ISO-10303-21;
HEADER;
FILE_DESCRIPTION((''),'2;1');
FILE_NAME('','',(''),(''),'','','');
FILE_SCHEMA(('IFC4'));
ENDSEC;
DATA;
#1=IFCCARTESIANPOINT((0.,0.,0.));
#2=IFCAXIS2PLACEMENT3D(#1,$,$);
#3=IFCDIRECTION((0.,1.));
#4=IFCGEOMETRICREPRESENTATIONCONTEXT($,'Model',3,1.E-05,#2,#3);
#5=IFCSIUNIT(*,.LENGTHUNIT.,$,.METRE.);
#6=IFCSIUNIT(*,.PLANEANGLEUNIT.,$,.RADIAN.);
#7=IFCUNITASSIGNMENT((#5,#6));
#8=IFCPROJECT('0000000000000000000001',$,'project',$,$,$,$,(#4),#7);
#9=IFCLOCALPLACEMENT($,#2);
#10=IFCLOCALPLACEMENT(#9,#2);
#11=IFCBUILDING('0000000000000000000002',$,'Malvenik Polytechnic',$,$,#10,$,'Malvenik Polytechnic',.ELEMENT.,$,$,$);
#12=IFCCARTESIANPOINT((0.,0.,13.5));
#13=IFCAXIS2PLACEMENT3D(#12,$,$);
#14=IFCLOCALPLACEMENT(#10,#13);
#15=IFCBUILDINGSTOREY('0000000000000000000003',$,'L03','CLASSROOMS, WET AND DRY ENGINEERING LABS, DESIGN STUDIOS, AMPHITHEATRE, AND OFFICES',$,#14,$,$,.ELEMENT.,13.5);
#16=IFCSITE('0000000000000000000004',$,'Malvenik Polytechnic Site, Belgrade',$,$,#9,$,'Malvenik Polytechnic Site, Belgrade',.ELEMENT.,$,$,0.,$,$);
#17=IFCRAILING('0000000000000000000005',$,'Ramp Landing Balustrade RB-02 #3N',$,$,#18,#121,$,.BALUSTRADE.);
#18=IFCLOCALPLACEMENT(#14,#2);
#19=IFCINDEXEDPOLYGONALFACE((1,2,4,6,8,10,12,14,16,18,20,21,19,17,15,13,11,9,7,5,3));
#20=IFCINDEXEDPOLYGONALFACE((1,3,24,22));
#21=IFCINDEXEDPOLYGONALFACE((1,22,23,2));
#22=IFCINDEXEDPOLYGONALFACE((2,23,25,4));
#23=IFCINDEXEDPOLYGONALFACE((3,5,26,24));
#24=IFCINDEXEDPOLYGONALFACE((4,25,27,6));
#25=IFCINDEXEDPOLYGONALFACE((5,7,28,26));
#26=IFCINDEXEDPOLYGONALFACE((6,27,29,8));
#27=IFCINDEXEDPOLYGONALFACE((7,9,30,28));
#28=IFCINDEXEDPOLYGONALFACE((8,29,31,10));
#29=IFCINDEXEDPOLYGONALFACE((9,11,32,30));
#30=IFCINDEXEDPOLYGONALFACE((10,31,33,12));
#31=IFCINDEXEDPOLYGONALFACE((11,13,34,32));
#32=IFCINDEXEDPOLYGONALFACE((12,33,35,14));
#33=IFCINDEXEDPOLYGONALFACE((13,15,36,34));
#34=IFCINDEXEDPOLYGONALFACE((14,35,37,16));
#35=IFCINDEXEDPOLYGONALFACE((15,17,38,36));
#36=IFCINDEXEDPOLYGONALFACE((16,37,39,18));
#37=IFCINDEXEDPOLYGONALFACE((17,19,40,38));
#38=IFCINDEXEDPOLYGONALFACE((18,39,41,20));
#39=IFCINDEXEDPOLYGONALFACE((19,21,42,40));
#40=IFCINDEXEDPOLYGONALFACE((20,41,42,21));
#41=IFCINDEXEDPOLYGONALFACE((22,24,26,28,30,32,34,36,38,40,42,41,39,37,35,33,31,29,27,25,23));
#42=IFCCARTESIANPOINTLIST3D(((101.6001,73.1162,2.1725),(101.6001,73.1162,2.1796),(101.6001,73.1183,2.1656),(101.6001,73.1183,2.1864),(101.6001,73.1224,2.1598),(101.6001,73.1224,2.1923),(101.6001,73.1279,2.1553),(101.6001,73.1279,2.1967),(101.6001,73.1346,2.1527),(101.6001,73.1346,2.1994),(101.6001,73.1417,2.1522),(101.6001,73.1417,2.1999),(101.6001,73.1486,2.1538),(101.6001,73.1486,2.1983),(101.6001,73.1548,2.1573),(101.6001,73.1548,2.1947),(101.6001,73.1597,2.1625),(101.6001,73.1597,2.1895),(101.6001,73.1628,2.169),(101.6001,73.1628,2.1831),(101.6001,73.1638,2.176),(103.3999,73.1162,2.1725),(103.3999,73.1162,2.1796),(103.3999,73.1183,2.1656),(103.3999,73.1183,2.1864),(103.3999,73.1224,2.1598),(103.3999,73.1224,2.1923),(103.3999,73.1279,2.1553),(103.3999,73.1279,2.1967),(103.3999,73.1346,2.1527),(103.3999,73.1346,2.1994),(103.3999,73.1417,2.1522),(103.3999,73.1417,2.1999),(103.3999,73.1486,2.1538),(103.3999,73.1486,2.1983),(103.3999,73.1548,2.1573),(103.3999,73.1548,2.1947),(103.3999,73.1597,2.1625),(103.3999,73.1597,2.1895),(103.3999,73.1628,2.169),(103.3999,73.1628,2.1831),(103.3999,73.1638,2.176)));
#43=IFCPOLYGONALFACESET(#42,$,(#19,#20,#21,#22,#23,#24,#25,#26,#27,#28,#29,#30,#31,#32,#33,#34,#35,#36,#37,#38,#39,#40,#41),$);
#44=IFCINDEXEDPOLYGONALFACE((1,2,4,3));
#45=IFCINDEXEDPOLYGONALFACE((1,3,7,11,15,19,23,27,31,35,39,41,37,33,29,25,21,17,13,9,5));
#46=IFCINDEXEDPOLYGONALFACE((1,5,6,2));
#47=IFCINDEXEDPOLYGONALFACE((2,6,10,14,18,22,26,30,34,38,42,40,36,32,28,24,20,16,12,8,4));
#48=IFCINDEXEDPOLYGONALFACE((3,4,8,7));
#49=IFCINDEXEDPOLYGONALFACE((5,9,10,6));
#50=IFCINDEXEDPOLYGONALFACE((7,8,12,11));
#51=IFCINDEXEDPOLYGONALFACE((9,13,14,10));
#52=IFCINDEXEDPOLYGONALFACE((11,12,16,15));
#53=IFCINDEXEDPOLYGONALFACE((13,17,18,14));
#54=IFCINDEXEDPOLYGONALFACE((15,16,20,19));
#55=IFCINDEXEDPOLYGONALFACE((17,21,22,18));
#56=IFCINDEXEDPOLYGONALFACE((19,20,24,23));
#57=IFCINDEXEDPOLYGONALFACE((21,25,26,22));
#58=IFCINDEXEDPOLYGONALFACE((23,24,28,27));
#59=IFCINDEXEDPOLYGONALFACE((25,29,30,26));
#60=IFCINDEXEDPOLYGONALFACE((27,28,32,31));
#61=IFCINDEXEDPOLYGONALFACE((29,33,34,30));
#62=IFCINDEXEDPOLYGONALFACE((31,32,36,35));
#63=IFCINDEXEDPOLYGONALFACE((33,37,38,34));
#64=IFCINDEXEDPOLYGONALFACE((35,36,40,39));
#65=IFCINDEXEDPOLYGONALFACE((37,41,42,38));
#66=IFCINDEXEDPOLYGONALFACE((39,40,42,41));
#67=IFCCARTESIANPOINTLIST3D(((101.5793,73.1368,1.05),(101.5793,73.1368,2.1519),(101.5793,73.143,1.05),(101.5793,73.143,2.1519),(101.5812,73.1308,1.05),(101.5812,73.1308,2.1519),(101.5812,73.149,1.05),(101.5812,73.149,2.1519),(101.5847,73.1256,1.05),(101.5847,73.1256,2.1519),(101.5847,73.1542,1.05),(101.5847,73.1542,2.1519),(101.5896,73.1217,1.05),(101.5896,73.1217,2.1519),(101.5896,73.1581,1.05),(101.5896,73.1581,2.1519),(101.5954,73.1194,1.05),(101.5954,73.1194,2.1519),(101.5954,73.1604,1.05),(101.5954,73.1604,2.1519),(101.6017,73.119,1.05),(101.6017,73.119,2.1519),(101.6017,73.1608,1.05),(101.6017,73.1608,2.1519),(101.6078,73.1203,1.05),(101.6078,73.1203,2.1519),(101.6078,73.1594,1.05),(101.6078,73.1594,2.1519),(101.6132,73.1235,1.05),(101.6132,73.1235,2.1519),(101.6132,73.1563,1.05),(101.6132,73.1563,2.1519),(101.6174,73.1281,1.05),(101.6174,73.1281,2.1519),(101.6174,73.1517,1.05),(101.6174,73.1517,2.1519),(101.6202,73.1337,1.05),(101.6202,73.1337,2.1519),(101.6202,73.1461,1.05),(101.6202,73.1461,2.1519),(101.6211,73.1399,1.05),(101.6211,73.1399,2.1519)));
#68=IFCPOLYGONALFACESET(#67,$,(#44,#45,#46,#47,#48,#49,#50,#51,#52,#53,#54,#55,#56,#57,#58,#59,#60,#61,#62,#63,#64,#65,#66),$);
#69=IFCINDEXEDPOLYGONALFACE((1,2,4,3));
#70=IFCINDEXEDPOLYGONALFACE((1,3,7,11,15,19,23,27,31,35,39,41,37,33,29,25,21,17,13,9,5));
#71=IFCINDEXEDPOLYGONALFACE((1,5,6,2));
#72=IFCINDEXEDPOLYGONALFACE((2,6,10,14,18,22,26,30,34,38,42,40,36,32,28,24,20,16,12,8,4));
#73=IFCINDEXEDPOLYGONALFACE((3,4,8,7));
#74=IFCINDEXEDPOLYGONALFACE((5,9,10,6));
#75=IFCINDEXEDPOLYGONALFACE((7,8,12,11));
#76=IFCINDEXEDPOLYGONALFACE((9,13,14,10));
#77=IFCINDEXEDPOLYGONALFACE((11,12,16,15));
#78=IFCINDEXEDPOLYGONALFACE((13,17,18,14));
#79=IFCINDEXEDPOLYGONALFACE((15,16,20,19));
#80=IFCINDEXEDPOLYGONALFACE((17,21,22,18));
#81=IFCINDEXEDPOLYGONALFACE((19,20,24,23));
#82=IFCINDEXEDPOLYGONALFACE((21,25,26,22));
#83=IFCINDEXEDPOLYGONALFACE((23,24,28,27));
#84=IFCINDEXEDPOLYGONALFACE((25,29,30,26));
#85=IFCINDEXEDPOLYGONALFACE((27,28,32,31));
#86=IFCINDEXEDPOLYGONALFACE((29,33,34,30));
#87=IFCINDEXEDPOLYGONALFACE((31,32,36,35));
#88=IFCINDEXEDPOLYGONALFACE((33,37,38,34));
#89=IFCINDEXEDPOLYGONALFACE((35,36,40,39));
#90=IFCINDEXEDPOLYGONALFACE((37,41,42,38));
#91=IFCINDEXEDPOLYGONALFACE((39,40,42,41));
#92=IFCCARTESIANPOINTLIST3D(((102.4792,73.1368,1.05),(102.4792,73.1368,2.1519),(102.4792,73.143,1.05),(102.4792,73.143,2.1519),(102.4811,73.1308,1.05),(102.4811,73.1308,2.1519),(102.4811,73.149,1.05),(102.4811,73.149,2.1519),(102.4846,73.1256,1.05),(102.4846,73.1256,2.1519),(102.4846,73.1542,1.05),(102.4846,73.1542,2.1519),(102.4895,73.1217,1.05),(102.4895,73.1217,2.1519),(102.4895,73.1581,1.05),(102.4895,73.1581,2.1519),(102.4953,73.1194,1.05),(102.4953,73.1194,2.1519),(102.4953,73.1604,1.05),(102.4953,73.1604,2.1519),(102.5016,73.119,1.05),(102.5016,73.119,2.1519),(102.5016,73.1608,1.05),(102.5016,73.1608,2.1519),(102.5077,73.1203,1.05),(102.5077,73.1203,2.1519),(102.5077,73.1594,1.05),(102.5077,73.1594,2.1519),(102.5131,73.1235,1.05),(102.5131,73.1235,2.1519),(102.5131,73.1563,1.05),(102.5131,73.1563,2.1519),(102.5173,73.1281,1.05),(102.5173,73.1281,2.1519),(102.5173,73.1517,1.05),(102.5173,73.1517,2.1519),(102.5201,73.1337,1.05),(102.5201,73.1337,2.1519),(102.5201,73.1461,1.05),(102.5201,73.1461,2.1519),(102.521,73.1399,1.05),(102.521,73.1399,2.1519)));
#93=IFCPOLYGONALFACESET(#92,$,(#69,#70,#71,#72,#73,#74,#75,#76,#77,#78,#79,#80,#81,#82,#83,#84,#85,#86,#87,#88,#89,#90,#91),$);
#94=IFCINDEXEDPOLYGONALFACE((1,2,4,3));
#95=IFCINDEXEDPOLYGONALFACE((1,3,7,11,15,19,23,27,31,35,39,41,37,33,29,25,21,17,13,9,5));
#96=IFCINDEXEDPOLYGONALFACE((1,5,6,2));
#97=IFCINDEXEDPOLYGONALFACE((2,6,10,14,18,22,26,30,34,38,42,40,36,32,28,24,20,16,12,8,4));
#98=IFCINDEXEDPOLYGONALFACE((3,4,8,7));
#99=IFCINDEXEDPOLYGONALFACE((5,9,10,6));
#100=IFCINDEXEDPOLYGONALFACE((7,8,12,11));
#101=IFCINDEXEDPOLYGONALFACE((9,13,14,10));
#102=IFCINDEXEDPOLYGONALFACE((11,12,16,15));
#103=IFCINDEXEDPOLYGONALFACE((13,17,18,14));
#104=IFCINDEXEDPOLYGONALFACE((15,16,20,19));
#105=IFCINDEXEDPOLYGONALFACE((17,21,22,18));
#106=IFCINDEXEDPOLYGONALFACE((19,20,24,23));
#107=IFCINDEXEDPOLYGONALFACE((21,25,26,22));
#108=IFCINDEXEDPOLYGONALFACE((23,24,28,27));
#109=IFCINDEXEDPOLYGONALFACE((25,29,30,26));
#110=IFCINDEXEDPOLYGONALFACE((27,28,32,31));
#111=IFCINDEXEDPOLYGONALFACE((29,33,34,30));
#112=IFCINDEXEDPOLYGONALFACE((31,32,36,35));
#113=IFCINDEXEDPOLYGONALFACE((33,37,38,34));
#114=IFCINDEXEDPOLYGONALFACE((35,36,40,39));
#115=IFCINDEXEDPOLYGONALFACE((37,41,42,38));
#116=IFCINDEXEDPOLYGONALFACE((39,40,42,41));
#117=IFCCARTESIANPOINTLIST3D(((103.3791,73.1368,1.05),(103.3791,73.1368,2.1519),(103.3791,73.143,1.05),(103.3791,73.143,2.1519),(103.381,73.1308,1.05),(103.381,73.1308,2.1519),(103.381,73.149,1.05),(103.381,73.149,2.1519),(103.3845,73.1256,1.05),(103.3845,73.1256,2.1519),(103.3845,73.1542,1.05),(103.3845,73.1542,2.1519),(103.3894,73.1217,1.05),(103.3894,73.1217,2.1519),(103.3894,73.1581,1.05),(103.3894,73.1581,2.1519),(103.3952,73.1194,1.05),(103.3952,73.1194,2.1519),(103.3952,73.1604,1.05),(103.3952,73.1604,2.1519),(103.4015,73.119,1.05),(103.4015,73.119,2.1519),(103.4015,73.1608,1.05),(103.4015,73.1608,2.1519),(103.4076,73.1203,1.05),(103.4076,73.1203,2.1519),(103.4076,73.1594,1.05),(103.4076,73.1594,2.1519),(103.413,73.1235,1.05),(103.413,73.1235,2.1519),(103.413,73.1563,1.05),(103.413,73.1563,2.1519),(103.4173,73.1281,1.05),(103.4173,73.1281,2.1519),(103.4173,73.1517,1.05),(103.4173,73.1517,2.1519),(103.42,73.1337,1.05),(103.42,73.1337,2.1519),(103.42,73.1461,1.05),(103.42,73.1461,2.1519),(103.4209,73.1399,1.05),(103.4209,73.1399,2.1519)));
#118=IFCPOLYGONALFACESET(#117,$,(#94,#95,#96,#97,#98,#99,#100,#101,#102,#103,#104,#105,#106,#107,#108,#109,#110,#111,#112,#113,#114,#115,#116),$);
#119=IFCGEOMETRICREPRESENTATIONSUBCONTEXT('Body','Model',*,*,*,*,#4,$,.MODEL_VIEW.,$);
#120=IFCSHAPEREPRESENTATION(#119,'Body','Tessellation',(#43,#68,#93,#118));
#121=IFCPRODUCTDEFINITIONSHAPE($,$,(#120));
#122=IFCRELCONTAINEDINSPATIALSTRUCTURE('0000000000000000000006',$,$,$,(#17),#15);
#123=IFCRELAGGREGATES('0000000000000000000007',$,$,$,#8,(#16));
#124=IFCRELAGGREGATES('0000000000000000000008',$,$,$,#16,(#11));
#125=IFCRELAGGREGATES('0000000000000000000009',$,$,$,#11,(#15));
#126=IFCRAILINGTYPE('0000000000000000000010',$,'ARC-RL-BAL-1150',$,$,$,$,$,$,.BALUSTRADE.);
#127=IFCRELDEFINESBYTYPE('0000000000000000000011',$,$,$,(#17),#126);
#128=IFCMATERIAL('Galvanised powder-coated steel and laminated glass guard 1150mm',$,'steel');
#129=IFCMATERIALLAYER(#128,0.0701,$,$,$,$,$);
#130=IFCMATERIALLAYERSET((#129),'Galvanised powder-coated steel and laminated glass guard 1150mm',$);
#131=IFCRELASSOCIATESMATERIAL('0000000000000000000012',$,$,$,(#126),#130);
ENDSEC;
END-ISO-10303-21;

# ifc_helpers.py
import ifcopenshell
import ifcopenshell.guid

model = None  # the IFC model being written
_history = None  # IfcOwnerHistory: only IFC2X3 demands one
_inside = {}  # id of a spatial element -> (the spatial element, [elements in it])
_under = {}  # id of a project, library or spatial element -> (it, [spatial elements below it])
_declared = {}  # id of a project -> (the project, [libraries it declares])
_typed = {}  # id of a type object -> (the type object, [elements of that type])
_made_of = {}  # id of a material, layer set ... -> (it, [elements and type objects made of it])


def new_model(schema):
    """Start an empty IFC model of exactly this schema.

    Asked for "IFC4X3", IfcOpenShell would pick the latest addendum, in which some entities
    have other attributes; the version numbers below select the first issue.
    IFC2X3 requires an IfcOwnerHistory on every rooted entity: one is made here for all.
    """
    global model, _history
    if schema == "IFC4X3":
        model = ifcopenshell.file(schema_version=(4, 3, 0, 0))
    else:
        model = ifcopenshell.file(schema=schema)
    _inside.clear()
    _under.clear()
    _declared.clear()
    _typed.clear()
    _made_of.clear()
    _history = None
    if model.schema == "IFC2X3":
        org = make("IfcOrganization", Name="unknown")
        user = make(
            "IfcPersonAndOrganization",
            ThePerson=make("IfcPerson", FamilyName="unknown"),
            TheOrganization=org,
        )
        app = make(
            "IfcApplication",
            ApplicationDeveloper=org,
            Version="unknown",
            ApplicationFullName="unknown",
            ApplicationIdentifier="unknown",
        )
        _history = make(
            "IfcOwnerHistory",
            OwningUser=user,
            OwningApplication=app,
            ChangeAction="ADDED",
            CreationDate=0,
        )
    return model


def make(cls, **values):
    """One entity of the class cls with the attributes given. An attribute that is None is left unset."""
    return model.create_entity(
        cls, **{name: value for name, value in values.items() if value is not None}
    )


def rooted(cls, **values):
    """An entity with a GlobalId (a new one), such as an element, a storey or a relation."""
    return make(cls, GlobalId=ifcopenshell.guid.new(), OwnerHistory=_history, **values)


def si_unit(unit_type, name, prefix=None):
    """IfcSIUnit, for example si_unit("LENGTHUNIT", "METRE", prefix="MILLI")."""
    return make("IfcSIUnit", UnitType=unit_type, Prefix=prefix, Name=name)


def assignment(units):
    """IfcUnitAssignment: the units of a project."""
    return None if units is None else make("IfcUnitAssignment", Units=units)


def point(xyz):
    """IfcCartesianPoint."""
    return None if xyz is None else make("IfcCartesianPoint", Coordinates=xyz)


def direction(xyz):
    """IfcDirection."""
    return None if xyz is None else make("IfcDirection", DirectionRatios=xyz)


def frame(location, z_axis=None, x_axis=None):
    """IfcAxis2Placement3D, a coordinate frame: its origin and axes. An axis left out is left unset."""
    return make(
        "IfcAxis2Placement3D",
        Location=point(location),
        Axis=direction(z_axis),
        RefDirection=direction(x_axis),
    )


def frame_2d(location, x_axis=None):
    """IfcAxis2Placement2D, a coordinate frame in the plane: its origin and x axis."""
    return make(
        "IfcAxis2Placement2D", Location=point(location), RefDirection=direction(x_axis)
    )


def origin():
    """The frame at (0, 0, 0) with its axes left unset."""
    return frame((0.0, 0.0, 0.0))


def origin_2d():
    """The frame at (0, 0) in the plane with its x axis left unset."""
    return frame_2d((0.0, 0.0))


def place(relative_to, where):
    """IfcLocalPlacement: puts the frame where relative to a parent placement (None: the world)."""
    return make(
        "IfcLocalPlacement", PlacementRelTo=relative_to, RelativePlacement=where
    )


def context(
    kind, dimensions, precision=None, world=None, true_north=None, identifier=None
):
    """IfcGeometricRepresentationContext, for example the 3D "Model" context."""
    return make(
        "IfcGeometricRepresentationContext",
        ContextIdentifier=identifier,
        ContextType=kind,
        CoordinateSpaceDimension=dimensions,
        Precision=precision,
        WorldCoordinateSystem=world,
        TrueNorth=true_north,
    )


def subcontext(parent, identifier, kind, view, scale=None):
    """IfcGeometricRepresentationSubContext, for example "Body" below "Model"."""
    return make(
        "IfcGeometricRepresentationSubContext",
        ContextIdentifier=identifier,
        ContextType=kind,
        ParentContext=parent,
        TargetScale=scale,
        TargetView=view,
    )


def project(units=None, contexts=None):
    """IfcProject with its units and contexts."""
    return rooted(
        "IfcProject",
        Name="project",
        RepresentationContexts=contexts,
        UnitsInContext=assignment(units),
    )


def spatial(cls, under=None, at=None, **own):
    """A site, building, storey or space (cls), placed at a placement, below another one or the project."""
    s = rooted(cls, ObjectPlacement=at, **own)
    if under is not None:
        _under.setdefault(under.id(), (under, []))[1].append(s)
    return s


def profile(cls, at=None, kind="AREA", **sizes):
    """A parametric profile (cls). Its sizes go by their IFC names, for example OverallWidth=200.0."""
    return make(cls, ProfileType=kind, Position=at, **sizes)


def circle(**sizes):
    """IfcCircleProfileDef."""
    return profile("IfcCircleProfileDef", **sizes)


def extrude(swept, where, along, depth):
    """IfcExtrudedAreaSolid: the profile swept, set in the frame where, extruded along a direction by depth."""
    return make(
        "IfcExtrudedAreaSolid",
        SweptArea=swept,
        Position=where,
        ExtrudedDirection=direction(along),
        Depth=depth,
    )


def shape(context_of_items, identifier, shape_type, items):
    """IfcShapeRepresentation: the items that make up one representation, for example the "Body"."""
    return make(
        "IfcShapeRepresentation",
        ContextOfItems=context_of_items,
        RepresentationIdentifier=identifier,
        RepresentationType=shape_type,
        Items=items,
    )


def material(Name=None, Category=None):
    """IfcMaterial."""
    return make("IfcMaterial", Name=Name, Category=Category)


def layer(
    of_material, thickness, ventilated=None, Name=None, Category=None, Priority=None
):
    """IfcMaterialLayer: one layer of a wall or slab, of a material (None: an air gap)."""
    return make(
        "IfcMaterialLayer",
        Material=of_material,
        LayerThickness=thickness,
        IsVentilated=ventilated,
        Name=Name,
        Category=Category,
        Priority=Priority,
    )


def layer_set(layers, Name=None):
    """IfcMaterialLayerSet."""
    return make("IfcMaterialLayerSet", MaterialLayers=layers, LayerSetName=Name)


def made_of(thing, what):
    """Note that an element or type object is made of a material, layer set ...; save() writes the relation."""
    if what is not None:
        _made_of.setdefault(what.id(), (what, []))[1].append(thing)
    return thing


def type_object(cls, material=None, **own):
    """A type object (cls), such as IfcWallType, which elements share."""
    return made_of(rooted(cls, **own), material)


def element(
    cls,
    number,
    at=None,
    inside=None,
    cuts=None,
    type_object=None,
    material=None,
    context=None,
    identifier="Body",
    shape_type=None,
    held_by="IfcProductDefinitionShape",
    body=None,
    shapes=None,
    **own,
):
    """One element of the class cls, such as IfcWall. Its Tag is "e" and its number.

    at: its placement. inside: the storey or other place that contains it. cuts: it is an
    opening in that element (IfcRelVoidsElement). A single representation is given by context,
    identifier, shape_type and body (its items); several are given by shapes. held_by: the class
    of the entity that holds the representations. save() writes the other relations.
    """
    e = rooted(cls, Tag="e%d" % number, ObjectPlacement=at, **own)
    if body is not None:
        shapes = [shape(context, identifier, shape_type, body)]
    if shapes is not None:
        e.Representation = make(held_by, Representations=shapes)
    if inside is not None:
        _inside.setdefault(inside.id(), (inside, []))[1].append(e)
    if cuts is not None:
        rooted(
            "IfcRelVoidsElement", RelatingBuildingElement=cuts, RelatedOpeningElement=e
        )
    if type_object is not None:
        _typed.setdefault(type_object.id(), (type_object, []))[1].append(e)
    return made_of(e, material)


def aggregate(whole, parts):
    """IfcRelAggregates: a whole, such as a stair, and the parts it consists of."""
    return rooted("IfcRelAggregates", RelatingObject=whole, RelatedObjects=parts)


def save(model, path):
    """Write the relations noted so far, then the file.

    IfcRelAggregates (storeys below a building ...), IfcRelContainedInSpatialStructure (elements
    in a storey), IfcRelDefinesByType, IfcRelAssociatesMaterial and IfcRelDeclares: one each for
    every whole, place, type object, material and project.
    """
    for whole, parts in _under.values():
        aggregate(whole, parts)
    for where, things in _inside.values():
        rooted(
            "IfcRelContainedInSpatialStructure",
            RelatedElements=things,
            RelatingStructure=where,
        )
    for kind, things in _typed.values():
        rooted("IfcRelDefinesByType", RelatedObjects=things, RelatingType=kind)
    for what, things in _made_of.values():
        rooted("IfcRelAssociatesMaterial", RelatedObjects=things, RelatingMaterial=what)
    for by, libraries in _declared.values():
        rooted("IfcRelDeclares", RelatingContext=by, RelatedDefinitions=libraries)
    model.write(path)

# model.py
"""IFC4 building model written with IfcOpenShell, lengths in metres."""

from ifc_helpers import new_model, si_unit, direction, frame, origin, origin_2d, place, context, subcontext, project, spatial, circle, extrude, material, layer, layer_set, type_object, element, save


model = new_model("IFC4")

# Units and contexts
model_context = context("Model", 3, precision=1e-05, world=origin(), true_north=direction((0.0, 1.0)))
body_context = subcontext(model_context, "Body", "Model", "MODEL_VIEW")
ifc_project = project(units=[si_unit("LENGTHUNIT", "METRE"), si_unit("PLANEANGLEUNIT", "RADIAN")], contexts=[model_context])

# Site, building, storey
site_placement = place(None, origin())
site = spatial("IfcSite", under=ifc_project, at=site_placement, Name="Malvenik Polytechnic Site, Belgrade", LongName="Malvenik Polytechnic Site, Belgrade", CompositionType="ELEMENT", RefElevation=0.0)
building_placement = place(site_placement, origin())
building = spatial("IfcBuilding", under=site, at=building_placement, Name="Malvenik Polytechnic", LongName="Malvenik Polytechnic", CompositionType="ELEMENT")
storey_placement = place(building_placement, frame((0.0, 0.0, 13.5)))
storey = spatial("IfcBuildingStorey", under=building, at=storey_placement, Name="L03", Description="CLASSROOMS, WET AND DRY ENGINEERING LABS, DESIGN STUDIOS, AMPHITHEATRE, AND OFFICES", CompositionType="ELEMENT", Elevation=13.5)

# Railing
ifc_material_1 = material(Name="Galvanised powder-coated steel and laminated glass guard 1150mm", Category="steel")
ifc_layer_1 = layer(ifc_material_1, 0.0701)
ifc_layer_set_1 = layer_set([ifc_layer_1], Name="Galvanised powder-coated steel and laminated glass guard 1150mm")
railing_type_1 = type_object("IfcRailingType", Name="ARC-RL-BAL-1150", PredefinedType="BALUSTRADE", material=ifc_layer_set_1)
for number, where, name in (
    (1, (101.6001, 73.1399, 1.05), "Ramp Landing Balustrade RB-02 #3N"),
):
    element("IfcRailing", number, at=place(storey_placement, frame(where)), inside=storey, type_object=railing_type_1, Name=name, PredefinedType="BALUSTRADE", context=body_context, shape_type="SweptSolid", body=[
        extrude(circle(Radius=0.0239, at=origin_2d()), frame((0.0, 0.0, 1.126), z_axis=(1.0, 0.0, 0.0), x_axis=(0.0, 1.0, 0.0)), (0.0, 0.0, 1.0), 1.7998),
        extrude(circle(Radius=0.021, at=origin_2d()), origin(), (0.0, 0.0, 1.0), 1.1018),
        extrude(circle(Radius=0.021, at=origin_2d()), frame((0.8999, 0.0, 0.0)), (0.0, 0.0, 1.0), 1.1018),
        extrude(circle(Radius=0.021, at=origin_2d()), frame((1.7998, 0.0, 0.0)), (0.0, 0.0, 1.0), 1.1018),
    ])

save(model, "model.ifc")
